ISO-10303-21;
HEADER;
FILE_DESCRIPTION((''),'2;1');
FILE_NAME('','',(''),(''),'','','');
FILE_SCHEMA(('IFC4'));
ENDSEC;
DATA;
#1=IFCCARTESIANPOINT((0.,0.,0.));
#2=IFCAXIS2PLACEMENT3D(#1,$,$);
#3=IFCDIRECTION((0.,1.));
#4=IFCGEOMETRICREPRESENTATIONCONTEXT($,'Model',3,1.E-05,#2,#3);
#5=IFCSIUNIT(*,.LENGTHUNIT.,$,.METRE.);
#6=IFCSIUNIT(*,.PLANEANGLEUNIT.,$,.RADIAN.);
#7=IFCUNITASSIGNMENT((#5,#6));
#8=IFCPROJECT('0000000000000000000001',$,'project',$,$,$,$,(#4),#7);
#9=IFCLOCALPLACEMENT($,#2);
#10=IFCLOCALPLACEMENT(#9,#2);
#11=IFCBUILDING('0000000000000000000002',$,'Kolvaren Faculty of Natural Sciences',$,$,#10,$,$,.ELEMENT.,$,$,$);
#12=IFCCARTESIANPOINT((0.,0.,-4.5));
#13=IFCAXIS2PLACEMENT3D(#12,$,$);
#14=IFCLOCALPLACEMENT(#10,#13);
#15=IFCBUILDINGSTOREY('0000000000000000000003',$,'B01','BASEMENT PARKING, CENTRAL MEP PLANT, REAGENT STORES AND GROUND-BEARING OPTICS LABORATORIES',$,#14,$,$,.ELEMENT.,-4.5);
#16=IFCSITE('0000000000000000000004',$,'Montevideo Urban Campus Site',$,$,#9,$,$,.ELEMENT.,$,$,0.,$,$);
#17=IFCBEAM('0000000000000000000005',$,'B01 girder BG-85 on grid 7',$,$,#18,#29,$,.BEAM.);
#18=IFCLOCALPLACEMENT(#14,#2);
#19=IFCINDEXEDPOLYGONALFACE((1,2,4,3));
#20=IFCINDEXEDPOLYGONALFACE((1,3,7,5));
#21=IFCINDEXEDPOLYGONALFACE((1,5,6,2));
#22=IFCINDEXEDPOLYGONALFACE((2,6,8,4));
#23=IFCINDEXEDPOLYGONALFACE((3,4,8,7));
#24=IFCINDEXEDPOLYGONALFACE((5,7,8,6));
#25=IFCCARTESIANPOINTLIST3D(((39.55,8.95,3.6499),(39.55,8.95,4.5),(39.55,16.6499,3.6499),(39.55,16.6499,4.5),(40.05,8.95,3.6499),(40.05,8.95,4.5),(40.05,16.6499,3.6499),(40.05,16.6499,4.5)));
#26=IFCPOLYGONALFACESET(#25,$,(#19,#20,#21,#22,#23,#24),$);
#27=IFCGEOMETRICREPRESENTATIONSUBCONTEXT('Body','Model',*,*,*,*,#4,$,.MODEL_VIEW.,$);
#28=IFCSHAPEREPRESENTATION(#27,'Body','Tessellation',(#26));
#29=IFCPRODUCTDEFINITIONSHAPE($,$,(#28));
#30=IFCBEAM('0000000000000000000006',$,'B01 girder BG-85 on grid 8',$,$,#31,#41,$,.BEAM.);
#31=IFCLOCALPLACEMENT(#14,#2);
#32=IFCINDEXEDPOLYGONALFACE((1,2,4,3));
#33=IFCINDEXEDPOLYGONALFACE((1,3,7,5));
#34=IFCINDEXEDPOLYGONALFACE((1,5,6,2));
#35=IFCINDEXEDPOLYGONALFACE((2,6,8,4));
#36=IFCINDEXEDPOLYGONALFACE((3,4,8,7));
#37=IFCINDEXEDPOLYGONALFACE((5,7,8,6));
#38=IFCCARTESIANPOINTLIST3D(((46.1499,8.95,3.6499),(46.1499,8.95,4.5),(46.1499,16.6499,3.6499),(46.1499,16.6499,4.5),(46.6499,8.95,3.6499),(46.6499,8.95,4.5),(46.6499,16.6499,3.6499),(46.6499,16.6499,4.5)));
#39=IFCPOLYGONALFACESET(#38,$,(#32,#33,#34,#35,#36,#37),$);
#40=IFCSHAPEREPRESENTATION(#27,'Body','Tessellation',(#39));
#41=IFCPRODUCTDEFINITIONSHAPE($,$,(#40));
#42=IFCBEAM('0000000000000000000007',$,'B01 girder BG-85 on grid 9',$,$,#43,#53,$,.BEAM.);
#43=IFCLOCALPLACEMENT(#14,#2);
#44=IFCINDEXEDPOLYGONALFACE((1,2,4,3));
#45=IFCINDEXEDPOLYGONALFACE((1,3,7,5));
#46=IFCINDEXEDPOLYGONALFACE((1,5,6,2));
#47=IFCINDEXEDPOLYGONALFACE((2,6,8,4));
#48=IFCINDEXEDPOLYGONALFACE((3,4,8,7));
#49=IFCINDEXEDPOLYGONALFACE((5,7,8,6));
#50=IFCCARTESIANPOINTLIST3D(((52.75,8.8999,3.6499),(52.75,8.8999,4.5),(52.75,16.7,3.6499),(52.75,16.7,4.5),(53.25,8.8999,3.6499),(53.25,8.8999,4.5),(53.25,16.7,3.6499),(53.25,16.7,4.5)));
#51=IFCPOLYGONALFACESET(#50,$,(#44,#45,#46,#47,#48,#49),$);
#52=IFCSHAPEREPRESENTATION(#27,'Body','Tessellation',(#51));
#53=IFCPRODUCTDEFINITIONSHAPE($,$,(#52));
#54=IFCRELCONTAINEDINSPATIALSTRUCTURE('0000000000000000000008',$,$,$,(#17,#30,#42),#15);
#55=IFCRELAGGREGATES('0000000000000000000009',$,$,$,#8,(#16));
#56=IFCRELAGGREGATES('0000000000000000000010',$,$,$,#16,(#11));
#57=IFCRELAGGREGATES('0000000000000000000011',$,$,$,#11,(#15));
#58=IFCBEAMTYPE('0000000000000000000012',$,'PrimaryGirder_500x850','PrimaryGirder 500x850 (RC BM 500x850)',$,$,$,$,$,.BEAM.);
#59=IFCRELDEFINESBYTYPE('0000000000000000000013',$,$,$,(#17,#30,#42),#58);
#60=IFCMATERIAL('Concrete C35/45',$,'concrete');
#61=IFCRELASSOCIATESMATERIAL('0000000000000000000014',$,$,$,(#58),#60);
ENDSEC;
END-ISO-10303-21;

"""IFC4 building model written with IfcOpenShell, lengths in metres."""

from ifc_helpers import new_model, si_unit, direction, frame, origin, origin_2d, place, context, subcontext, project, spatial, rectangle, extrude, material, material_profile, profile_set, type_object, element, save


model = new_model("IFC4")

# Units and contexts
model_context = context("Model", 3, precision=1e-05, world=origin(), true_north=direction((0.0, 1.0)))
body_context = subcontext(model_context, "Body", "Model", "MODEL_VIEW")
ifc_project = project(units=[si_unit("LENGTHUNIT", "METRE"), si_unit("PLANEANGLEUNIT", "RADIAN")], contexts=[model_context])

# Site, building, storey
site_placement = place(None, origin())
site = spatial("IfcSite", under=ifc_project, at=site_placement, Name="Montevideo Urban Campus Site", CompositionType="ELEMENT", RefElevation=0.0)
building_placement = place(site_placement, origin())
building = spatial("IfcBuilding", under=site, at=building_placement, Name="Kolvaren Faculty of Natural Sciences", CompositionType="ELEMENT")
storey_placement = place(building_placement, frame((0.0, 0.0, -4.5)))
storey = spatial("IfcBuildingStorey", under=building, at=storey_placement, Name="B01", Description="BASEMENT PARKING, CENTRAL MEP PLANT, REAGENT STORES AND GROUND-BEARING OPTICS LABORATORIES", CompositionType="ELEMENT", Elevation=-4.5)

# Shared definitions
ifc_material_1 = material(Name="Concrete C35/45", Category="concrete")

# Beams
ifc_material_profile_1 = material_profile(ifc_material_1, rectangle(XDim=0.5, YDim=0.8501, at=origin_2d()), Name="RC BM 500x850")
ifc_profile_set_1 = profile_set([ifc_material_profile_1], Name="Concrete C35/45")
beam_type_1 = type_object("IfcBeamType", Name="PrimaryGirder_500x850", Description="PrimaryGirder 500x850 (RC BM 500x850)", PredefinedType="BEAM", material=ifc_profile_set_1)
for number, where, z_axis, x_axis, name in (
    (1, (39.8, 8.95, 4.075), (0.0, 1.0, 0.0), (-1.0, 0.0, 0.0), "B01 girder BG-85 on grid 7"),
    (2, (46.3999, 8.95, 4.075), (0.0, 1.0, 0.0), (-1.0, 0.0, 0.0), "B01 girder BG-85 on grid 8"),
):
    element("IfcBeam", number, at=place(storey_placement, frame(where, z_axis=z_axis, x_axis=x_axis)), inside=storey, type_object=beam_type_1, Name=name, PredefinedType="BEAM", context=body_context, shape_type="SweptSolid", body=[
        extrude(rectangle(XDim=0.5, YDim=0.8501, at=origin_2d()), origin(), (0.0, 0.0, 1.0), 7.7),
    ])
beam_1_placement = place(storey_placement, frame((53.0, 8.8999, 4.075), z_axis=(0.0, 1.0, 0.0), x_axis=(-1.0, 0.0, 0.0)))
element("IfcBeam", 3, at=beam_1_placement, inside=storey, type_object=beam_type_1, Name="B01 girder BG-85 on grid 9", PredefinedType="BEAM", context=body_context, shape_type="SweptSolid", body=[
    extrude(rectangle(XDim=0.5, YDim=0.8501, at=origin_2d()), origin(), (0.0, 0.0, 1.0), 7.8),
])

save(model, "model.ifc")
